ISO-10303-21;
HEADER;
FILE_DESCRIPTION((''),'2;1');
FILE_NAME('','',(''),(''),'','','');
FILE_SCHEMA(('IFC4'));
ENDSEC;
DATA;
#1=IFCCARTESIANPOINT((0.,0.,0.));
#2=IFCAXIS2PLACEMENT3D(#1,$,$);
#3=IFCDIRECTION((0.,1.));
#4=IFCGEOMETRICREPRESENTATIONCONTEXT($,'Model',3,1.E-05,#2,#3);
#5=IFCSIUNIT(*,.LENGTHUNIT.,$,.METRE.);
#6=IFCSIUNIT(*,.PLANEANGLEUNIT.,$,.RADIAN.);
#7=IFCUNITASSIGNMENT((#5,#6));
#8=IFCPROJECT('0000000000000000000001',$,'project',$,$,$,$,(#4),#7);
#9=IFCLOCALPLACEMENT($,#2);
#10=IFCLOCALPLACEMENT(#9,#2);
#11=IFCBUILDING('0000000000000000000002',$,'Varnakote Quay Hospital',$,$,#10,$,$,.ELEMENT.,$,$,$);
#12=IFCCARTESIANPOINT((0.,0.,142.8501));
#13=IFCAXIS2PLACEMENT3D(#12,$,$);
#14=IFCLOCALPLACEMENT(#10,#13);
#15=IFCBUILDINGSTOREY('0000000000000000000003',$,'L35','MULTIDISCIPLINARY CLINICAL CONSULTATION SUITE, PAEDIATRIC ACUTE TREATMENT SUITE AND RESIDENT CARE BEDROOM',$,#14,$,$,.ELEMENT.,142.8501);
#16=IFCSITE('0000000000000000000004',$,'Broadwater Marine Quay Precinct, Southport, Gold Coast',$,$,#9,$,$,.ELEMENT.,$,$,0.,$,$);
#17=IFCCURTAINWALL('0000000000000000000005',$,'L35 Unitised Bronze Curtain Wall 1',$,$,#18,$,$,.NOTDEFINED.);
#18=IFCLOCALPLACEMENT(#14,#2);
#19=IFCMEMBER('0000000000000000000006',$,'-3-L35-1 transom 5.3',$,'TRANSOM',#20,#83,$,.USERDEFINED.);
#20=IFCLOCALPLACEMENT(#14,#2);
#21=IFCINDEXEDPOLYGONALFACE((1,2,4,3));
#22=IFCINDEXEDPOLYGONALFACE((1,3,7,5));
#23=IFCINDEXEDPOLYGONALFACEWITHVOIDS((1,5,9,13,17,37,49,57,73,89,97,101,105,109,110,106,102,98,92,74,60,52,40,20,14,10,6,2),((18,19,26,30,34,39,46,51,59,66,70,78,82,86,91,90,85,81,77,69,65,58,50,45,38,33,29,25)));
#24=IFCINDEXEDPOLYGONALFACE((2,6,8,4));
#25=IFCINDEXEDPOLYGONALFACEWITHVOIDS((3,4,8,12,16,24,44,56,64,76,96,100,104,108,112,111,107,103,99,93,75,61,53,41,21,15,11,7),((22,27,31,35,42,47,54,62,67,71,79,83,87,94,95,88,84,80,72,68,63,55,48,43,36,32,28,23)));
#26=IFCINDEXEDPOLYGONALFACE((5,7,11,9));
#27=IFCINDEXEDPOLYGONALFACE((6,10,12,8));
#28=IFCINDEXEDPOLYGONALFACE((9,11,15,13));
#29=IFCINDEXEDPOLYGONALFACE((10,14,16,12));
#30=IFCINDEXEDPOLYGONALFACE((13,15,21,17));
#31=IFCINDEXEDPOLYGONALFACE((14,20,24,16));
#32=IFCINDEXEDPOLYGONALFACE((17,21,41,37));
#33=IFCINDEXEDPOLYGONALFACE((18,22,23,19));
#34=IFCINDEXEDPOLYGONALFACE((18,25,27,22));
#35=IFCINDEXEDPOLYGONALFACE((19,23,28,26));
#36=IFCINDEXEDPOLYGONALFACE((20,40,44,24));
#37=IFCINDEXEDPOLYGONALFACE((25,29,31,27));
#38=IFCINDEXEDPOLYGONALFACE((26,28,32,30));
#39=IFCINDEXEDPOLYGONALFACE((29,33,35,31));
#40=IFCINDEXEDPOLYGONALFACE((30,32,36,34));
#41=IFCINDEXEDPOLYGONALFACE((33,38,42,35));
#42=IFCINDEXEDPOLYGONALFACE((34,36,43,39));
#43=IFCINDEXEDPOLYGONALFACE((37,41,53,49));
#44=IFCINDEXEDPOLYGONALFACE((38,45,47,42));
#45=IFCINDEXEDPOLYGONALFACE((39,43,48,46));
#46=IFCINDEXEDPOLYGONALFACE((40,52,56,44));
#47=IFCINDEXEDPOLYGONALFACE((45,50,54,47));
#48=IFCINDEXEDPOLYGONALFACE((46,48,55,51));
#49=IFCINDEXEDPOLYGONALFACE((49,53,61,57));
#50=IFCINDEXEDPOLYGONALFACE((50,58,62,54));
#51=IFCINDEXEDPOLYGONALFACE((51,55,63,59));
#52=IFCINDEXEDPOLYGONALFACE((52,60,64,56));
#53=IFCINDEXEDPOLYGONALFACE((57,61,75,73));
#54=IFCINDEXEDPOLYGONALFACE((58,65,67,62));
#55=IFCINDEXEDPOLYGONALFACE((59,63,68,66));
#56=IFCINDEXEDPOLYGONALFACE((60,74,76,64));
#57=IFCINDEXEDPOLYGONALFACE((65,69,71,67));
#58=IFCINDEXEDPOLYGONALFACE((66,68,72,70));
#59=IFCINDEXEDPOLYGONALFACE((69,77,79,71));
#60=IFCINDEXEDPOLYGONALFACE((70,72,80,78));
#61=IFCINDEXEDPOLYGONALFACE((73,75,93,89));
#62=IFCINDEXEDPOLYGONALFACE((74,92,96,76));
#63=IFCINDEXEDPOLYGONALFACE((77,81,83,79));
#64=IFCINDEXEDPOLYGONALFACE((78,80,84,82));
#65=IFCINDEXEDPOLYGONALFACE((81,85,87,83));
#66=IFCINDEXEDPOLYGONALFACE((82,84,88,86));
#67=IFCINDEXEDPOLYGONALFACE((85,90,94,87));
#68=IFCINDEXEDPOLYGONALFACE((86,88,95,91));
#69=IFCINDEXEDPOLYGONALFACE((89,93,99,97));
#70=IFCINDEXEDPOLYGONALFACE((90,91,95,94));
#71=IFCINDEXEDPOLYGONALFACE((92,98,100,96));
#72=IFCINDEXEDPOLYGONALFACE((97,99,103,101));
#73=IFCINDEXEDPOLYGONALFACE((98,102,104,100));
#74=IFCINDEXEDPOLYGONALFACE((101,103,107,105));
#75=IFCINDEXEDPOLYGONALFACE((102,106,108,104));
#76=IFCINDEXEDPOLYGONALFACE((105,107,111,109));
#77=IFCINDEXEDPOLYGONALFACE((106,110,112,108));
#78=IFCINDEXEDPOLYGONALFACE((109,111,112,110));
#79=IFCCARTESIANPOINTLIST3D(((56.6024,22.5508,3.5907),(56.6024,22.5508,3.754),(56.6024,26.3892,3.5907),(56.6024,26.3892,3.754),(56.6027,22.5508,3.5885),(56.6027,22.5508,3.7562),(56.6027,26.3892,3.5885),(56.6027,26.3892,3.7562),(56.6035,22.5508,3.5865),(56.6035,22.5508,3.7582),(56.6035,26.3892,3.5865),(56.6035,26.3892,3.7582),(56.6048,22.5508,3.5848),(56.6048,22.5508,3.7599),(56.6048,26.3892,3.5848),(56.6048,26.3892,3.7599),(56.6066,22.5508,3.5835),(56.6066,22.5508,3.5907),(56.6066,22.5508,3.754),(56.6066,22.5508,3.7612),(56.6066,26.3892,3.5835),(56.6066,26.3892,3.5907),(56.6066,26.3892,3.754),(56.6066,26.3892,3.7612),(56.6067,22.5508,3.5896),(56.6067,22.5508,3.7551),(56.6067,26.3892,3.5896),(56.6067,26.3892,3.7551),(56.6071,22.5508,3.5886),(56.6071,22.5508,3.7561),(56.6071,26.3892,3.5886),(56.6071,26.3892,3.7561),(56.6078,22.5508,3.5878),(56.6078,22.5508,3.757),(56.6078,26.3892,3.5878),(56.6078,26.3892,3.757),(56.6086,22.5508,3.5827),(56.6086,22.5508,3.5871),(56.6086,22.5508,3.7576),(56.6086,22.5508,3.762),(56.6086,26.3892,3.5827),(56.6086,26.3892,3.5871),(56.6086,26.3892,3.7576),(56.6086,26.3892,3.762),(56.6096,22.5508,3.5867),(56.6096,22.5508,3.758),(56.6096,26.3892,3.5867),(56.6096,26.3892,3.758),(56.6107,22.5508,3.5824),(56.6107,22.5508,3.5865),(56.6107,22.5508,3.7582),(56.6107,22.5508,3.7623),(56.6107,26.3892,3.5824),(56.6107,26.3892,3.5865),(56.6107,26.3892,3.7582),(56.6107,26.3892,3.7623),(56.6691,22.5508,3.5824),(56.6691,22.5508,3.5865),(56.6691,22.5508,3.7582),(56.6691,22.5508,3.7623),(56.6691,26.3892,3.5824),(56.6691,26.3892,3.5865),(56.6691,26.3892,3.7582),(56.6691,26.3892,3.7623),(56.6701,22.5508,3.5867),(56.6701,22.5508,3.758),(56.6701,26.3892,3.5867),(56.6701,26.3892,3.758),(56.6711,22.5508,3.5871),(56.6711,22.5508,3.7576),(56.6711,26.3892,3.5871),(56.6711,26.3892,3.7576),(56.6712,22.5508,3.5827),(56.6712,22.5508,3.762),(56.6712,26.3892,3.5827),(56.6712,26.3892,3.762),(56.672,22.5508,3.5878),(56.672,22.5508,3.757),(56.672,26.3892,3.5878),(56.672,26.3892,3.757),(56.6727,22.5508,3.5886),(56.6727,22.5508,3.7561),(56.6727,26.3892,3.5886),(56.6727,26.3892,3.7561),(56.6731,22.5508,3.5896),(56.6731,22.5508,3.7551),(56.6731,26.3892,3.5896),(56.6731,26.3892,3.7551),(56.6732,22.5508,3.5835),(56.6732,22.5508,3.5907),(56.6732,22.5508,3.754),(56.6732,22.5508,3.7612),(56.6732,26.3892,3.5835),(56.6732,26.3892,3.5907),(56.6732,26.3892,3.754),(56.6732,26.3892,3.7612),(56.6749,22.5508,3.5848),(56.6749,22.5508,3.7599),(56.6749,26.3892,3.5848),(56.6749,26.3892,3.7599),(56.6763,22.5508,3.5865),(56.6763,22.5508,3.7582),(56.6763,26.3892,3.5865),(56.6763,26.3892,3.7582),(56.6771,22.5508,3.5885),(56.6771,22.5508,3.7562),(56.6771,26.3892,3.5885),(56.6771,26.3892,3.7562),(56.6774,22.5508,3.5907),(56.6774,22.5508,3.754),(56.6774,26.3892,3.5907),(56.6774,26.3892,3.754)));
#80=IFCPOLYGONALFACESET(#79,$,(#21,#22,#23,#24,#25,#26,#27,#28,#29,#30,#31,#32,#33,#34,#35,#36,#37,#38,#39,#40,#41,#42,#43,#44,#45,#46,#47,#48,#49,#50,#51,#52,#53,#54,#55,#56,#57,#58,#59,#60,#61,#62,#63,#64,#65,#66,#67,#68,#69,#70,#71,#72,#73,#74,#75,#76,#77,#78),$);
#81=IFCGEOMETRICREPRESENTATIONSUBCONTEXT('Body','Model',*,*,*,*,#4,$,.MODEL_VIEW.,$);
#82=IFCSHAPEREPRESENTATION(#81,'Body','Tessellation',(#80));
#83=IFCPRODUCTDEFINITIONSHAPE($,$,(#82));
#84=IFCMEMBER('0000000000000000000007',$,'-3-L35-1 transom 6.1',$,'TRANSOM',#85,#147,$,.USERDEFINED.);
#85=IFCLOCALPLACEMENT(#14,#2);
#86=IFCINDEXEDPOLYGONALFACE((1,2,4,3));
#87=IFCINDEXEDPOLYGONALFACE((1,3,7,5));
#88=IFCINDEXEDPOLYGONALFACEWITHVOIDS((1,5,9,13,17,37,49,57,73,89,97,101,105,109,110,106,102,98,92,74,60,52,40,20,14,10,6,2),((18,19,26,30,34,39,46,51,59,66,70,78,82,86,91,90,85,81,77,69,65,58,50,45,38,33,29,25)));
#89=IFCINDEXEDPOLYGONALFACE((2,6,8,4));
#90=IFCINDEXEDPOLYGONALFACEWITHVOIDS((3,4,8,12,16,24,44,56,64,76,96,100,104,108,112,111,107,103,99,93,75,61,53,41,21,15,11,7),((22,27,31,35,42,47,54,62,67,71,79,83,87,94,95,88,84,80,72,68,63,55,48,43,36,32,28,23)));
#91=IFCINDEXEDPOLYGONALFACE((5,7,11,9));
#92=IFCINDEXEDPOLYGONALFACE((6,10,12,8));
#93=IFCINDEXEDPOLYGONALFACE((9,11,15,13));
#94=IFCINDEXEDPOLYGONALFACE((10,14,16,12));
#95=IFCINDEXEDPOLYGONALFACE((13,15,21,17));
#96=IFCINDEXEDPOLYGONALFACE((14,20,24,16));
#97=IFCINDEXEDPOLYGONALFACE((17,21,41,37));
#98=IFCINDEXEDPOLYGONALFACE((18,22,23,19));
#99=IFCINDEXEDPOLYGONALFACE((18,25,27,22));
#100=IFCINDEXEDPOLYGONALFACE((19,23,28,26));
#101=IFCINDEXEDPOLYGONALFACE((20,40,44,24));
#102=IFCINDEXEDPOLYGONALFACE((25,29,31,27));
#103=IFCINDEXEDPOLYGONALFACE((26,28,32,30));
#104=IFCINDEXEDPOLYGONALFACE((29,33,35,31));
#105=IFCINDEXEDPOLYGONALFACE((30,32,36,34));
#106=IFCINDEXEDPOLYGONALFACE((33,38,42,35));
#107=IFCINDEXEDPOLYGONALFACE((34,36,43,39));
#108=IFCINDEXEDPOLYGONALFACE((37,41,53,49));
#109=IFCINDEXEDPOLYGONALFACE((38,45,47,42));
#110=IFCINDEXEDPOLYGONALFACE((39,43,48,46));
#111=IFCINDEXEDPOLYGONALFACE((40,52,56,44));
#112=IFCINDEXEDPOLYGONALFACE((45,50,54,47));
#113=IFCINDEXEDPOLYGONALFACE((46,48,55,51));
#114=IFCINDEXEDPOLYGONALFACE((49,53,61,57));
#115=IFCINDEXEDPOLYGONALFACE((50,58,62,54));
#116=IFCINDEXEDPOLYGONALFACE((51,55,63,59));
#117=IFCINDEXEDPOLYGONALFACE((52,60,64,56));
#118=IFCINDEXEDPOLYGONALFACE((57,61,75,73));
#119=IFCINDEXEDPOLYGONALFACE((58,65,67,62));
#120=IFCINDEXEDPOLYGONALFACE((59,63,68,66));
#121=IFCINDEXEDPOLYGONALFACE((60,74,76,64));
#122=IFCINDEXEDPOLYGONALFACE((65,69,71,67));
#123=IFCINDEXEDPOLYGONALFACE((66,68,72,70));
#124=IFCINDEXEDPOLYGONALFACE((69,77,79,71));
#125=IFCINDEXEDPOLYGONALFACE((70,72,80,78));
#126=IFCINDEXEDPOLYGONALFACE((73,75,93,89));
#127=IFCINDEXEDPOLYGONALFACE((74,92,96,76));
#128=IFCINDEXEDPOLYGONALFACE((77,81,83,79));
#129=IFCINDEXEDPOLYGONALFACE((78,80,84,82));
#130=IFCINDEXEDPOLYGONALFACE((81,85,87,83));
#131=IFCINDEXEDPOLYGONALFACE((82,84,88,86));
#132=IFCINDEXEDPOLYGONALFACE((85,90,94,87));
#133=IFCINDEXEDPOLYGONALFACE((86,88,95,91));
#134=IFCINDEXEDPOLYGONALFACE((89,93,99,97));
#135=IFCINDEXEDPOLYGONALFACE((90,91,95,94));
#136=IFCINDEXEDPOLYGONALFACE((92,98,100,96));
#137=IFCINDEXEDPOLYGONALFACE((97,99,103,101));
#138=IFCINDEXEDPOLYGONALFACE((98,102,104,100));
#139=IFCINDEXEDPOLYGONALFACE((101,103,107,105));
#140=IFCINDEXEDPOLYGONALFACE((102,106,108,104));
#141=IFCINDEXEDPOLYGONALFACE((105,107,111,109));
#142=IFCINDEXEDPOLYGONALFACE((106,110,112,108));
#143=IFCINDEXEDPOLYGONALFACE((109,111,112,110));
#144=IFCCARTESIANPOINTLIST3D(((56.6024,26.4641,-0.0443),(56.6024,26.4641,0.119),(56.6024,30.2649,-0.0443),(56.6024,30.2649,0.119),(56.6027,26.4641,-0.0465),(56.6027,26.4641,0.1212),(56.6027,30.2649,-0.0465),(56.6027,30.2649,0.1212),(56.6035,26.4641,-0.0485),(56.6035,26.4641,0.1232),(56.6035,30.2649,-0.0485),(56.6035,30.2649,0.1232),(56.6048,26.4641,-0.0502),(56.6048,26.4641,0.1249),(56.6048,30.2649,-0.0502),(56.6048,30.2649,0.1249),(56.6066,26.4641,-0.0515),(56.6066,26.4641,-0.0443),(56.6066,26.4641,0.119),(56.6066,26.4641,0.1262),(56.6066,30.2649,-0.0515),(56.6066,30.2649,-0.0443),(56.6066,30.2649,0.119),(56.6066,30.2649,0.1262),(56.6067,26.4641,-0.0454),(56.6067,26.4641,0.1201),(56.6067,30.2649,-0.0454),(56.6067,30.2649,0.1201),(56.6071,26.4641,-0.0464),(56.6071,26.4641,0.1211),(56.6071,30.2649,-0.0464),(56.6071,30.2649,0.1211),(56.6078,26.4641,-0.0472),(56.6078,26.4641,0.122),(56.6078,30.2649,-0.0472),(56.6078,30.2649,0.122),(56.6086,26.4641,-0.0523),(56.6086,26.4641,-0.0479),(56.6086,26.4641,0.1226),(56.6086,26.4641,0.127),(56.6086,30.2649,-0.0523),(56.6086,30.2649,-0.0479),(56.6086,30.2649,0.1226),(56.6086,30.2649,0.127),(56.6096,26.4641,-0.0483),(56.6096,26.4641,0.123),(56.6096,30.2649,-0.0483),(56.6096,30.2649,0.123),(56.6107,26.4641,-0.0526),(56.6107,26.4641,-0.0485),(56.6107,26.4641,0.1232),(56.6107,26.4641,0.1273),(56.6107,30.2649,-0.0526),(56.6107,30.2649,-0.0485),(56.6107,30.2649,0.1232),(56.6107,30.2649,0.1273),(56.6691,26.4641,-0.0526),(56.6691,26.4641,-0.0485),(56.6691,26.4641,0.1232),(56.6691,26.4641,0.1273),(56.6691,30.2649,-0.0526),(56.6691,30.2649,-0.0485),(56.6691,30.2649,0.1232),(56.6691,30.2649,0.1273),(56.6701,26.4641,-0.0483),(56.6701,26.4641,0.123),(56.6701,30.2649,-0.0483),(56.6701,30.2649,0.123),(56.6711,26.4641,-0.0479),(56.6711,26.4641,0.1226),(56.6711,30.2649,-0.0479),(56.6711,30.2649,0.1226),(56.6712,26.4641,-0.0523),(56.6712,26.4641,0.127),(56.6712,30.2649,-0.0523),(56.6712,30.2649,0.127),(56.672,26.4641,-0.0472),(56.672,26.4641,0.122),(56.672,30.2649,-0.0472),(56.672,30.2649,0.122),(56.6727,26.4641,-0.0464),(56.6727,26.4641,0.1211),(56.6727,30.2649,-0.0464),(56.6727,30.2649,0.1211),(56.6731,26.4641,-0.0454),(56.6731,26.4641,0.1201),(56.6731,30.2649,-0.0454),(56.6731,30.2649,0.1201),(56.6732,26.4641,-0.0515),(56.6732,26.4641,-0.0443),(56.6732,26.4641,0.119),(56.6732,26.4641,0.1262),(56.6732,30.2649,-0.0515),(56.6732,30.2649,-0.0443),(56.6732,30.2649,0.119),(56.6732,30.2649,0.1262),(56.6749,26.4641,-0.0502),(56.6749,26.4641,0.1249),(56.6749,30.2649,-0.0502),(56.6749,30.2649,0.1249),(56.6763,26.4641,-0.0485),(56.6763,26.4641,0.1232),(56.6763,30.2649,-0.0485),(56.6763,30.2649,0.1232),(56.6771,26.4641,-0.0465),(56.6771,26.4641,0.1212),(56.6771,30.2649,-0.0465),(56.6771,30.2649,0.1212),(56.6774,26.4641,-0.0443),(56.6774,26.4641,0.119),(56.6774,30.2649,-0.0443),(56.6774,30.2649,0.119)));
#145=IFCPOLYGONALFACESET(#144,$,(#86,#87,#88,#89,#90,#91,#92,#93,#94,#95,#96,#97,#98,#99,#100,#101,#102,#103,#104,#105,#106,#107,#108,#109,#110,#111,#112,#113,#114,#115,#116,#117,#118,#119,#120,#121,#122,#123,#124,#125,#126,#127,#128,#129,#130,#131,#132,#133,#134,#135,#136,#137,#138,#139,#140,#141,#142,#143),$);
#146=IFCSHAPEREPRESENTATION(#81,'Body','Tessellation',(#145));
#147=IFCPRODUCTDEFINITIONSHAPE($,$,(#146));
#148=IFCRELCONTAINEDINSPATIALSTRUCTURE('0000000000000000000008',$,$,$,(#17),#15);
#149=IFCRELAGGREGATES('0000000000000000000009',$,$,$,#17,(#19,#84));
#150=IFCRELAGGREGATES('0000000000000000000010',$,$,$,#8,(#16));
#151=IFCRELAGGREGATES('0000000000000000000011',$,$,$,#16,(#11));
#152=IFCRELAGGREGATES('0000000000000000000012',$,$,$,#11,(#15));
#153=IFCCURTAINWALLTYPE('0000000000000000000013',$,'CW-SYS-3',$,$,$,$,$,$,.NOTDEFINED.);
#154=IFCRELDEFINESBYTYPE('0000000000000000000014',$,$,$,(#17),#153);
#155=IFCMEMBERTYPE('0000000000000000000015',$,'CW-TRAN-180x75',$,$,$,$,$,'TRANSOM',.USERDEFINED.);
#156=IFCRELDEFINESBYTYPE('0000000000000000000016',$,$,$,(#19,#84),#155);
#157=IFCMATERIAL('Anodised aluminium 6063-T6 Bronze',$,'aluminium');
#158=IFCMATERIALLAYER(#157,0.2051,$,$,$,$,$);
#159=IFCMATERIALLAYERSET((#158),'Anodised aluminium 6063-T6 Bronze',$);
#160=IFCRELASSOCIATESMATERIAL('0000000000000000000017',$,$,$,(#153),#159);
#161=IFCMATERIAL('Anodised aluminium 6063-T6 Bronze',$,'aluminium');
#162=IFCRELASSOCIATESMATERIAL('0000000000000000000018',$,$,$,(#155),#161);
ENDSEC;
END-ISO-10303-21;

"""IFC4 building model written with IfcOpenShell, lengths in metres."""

from ifc_helpers import new_model, si_unit, direction, frame, origin, origin_2d, place, context, subcontext, project, spatial, hollow_rectangle, extrude, material, layer, layer_set, material_profile, profile_set, type_object, element, aggregate, save


model = new_model("IFC4")

# Units and contexts
model_context = context("Model", 3, precision=1e-05, world=origin(), true_north=direction((0.0, 1.0)))
body_context = subcontext(model_context, "Body", "Model", "MODEL_VIEW")
ifc_project = project(units=[si_unit("LENGTHUNIT", "METRE"), si_unit("PLANEANGLEUNIT", "RADIAN")], contexts=[model_context])

# Site, building, storey
site_placement = place(None, origin())
site = spatial("IfcSite", under=ifc_project, at=site_placement, Name="Broadwater Marine Quay Precinct, Southport, Gold Coast", CompositionType="ELEMENT", RefElevation=0.0)
building_placement = place(site_placement, origin())
building = spatial("IfcBuilding", under=site, at=building_placement, Name="Varnakote Quay Hospital", CompositionType="ELEMENT")
storey_placement = place(building_placement, frame((0.0, 0.0, 142.8501)))
storey = spatial("IfcBuildingStorey", under=building, at=storey_placement, Name="L35", Description="MULTIDISCIPLINARY CLINICAL CONSULTATION SUITE, PAEDIATRIC ACUTE TREATMENT SUITE AND RESIDENT CARE BEDROOM", CompositionType="ELEMENT", Elevation=142.8501)

# Curtain wall, members
ifc_material_1 = material(Name="Anodised aluminium 6063-T6 Bronze", Category="aluminium")
ifc_layer_1 = layer(ifc_material_1, 0.2051)
ifc_layer_set_1 = layer_set([ifc_layer_1], Name="Anodised aluminium 6063-T6 Bronze")
curtain_wall_type = type_object("IfcCurtainWallType", Name="CW-SYS-3", PredefinedType="NOTDEFINED", material=ifc_layer_set_1)
curtain_wall_placement = place(storey_placement, origin())
curtain_wall = element("IfcCurtainWall", 1, at=curtain_wall_placement, inside=storey, type_object=curtain_wall_type, Name="L35 Unitised Bronze Curtain Wall 1", PredefinedType="NOTDEFINED")
ifc_material_2 = material(Name="Anodised aluminium 6063-T6 Bronze", Category="aluminium")
ifc_material_profile_1 = material_profile(ifc_material_2, hollow_rectangle(XDim=0.075, YDim=0.1799, WallThickness=0.0042, InnerFilletRadius=0.0042, OuterFilletRadius=0.0083, at=origin_2d()), Name="CW-TRAN-180x75")
ifc_profile_set_1 = profile_set([ifc_material_profile_1], Name="Anodised aluminium 6063-T6 Bronze")
member_type_1 = type_object("IfcMemberType", Name="CW-TRAN-180x75", ElementType="TRANSOM", PredefinedType="USERDEFINED", material=ifc_profile_set_1)
member_1_placement = place(storey_placement, frame((56.6399, 22.5508, 3.6724), z_axis=(0.0, 1.0, 0.0), x_axis=(-1.0, 0.0, 0.0)))
member_1 = element("IfcMember", 2, at=member_1_placement, type_object=member_type_1, Name="-3-L35-1 transom 5.3", ObjectType="TRANSOM", PredefinedType="USERDEFINED", context=body_context, shape_type="SweptSolid", body=[
    extrude(hollow_rectangle(XDim=0.075, YDim=0.1799, WallThickness=0.0042, InnerFilletRadius=0.0042, OuterFilletRadius=0.0083, at=origin_2d()), origin(), (0.0, 0.0, 1.0), 3.8384),
])
member_2_placement = place(storey_placement, frame((56.6399, 26.4641, 0.0374), z_axis=(0.0, 1.0, 0.0), x_axis=(-1.0, 0.0, 0.0)))
member_2 = element("IfcMember", 3, at=member_2_placement, type_object=member_type_1, Name="-3-L35-1 transom 6.1", ObjectType="TRANSOM", PredefinedType="USERDEFINED", context=body_context, shape_type="SweptSolid", body=[
    extrude(hollow_rectangle(XDim=0.075, YDim=0.1799, WallThickness=0.0042, InnerFilletRadius=0.0042, OuterFilletRadius=0.0083, at=origin_2d()), origin(), (0.0, 0.0, 1.0), 3.8008),
])
aggregate(curtain_wall, [member_1, member_2])

save(model, "model.ifc")
